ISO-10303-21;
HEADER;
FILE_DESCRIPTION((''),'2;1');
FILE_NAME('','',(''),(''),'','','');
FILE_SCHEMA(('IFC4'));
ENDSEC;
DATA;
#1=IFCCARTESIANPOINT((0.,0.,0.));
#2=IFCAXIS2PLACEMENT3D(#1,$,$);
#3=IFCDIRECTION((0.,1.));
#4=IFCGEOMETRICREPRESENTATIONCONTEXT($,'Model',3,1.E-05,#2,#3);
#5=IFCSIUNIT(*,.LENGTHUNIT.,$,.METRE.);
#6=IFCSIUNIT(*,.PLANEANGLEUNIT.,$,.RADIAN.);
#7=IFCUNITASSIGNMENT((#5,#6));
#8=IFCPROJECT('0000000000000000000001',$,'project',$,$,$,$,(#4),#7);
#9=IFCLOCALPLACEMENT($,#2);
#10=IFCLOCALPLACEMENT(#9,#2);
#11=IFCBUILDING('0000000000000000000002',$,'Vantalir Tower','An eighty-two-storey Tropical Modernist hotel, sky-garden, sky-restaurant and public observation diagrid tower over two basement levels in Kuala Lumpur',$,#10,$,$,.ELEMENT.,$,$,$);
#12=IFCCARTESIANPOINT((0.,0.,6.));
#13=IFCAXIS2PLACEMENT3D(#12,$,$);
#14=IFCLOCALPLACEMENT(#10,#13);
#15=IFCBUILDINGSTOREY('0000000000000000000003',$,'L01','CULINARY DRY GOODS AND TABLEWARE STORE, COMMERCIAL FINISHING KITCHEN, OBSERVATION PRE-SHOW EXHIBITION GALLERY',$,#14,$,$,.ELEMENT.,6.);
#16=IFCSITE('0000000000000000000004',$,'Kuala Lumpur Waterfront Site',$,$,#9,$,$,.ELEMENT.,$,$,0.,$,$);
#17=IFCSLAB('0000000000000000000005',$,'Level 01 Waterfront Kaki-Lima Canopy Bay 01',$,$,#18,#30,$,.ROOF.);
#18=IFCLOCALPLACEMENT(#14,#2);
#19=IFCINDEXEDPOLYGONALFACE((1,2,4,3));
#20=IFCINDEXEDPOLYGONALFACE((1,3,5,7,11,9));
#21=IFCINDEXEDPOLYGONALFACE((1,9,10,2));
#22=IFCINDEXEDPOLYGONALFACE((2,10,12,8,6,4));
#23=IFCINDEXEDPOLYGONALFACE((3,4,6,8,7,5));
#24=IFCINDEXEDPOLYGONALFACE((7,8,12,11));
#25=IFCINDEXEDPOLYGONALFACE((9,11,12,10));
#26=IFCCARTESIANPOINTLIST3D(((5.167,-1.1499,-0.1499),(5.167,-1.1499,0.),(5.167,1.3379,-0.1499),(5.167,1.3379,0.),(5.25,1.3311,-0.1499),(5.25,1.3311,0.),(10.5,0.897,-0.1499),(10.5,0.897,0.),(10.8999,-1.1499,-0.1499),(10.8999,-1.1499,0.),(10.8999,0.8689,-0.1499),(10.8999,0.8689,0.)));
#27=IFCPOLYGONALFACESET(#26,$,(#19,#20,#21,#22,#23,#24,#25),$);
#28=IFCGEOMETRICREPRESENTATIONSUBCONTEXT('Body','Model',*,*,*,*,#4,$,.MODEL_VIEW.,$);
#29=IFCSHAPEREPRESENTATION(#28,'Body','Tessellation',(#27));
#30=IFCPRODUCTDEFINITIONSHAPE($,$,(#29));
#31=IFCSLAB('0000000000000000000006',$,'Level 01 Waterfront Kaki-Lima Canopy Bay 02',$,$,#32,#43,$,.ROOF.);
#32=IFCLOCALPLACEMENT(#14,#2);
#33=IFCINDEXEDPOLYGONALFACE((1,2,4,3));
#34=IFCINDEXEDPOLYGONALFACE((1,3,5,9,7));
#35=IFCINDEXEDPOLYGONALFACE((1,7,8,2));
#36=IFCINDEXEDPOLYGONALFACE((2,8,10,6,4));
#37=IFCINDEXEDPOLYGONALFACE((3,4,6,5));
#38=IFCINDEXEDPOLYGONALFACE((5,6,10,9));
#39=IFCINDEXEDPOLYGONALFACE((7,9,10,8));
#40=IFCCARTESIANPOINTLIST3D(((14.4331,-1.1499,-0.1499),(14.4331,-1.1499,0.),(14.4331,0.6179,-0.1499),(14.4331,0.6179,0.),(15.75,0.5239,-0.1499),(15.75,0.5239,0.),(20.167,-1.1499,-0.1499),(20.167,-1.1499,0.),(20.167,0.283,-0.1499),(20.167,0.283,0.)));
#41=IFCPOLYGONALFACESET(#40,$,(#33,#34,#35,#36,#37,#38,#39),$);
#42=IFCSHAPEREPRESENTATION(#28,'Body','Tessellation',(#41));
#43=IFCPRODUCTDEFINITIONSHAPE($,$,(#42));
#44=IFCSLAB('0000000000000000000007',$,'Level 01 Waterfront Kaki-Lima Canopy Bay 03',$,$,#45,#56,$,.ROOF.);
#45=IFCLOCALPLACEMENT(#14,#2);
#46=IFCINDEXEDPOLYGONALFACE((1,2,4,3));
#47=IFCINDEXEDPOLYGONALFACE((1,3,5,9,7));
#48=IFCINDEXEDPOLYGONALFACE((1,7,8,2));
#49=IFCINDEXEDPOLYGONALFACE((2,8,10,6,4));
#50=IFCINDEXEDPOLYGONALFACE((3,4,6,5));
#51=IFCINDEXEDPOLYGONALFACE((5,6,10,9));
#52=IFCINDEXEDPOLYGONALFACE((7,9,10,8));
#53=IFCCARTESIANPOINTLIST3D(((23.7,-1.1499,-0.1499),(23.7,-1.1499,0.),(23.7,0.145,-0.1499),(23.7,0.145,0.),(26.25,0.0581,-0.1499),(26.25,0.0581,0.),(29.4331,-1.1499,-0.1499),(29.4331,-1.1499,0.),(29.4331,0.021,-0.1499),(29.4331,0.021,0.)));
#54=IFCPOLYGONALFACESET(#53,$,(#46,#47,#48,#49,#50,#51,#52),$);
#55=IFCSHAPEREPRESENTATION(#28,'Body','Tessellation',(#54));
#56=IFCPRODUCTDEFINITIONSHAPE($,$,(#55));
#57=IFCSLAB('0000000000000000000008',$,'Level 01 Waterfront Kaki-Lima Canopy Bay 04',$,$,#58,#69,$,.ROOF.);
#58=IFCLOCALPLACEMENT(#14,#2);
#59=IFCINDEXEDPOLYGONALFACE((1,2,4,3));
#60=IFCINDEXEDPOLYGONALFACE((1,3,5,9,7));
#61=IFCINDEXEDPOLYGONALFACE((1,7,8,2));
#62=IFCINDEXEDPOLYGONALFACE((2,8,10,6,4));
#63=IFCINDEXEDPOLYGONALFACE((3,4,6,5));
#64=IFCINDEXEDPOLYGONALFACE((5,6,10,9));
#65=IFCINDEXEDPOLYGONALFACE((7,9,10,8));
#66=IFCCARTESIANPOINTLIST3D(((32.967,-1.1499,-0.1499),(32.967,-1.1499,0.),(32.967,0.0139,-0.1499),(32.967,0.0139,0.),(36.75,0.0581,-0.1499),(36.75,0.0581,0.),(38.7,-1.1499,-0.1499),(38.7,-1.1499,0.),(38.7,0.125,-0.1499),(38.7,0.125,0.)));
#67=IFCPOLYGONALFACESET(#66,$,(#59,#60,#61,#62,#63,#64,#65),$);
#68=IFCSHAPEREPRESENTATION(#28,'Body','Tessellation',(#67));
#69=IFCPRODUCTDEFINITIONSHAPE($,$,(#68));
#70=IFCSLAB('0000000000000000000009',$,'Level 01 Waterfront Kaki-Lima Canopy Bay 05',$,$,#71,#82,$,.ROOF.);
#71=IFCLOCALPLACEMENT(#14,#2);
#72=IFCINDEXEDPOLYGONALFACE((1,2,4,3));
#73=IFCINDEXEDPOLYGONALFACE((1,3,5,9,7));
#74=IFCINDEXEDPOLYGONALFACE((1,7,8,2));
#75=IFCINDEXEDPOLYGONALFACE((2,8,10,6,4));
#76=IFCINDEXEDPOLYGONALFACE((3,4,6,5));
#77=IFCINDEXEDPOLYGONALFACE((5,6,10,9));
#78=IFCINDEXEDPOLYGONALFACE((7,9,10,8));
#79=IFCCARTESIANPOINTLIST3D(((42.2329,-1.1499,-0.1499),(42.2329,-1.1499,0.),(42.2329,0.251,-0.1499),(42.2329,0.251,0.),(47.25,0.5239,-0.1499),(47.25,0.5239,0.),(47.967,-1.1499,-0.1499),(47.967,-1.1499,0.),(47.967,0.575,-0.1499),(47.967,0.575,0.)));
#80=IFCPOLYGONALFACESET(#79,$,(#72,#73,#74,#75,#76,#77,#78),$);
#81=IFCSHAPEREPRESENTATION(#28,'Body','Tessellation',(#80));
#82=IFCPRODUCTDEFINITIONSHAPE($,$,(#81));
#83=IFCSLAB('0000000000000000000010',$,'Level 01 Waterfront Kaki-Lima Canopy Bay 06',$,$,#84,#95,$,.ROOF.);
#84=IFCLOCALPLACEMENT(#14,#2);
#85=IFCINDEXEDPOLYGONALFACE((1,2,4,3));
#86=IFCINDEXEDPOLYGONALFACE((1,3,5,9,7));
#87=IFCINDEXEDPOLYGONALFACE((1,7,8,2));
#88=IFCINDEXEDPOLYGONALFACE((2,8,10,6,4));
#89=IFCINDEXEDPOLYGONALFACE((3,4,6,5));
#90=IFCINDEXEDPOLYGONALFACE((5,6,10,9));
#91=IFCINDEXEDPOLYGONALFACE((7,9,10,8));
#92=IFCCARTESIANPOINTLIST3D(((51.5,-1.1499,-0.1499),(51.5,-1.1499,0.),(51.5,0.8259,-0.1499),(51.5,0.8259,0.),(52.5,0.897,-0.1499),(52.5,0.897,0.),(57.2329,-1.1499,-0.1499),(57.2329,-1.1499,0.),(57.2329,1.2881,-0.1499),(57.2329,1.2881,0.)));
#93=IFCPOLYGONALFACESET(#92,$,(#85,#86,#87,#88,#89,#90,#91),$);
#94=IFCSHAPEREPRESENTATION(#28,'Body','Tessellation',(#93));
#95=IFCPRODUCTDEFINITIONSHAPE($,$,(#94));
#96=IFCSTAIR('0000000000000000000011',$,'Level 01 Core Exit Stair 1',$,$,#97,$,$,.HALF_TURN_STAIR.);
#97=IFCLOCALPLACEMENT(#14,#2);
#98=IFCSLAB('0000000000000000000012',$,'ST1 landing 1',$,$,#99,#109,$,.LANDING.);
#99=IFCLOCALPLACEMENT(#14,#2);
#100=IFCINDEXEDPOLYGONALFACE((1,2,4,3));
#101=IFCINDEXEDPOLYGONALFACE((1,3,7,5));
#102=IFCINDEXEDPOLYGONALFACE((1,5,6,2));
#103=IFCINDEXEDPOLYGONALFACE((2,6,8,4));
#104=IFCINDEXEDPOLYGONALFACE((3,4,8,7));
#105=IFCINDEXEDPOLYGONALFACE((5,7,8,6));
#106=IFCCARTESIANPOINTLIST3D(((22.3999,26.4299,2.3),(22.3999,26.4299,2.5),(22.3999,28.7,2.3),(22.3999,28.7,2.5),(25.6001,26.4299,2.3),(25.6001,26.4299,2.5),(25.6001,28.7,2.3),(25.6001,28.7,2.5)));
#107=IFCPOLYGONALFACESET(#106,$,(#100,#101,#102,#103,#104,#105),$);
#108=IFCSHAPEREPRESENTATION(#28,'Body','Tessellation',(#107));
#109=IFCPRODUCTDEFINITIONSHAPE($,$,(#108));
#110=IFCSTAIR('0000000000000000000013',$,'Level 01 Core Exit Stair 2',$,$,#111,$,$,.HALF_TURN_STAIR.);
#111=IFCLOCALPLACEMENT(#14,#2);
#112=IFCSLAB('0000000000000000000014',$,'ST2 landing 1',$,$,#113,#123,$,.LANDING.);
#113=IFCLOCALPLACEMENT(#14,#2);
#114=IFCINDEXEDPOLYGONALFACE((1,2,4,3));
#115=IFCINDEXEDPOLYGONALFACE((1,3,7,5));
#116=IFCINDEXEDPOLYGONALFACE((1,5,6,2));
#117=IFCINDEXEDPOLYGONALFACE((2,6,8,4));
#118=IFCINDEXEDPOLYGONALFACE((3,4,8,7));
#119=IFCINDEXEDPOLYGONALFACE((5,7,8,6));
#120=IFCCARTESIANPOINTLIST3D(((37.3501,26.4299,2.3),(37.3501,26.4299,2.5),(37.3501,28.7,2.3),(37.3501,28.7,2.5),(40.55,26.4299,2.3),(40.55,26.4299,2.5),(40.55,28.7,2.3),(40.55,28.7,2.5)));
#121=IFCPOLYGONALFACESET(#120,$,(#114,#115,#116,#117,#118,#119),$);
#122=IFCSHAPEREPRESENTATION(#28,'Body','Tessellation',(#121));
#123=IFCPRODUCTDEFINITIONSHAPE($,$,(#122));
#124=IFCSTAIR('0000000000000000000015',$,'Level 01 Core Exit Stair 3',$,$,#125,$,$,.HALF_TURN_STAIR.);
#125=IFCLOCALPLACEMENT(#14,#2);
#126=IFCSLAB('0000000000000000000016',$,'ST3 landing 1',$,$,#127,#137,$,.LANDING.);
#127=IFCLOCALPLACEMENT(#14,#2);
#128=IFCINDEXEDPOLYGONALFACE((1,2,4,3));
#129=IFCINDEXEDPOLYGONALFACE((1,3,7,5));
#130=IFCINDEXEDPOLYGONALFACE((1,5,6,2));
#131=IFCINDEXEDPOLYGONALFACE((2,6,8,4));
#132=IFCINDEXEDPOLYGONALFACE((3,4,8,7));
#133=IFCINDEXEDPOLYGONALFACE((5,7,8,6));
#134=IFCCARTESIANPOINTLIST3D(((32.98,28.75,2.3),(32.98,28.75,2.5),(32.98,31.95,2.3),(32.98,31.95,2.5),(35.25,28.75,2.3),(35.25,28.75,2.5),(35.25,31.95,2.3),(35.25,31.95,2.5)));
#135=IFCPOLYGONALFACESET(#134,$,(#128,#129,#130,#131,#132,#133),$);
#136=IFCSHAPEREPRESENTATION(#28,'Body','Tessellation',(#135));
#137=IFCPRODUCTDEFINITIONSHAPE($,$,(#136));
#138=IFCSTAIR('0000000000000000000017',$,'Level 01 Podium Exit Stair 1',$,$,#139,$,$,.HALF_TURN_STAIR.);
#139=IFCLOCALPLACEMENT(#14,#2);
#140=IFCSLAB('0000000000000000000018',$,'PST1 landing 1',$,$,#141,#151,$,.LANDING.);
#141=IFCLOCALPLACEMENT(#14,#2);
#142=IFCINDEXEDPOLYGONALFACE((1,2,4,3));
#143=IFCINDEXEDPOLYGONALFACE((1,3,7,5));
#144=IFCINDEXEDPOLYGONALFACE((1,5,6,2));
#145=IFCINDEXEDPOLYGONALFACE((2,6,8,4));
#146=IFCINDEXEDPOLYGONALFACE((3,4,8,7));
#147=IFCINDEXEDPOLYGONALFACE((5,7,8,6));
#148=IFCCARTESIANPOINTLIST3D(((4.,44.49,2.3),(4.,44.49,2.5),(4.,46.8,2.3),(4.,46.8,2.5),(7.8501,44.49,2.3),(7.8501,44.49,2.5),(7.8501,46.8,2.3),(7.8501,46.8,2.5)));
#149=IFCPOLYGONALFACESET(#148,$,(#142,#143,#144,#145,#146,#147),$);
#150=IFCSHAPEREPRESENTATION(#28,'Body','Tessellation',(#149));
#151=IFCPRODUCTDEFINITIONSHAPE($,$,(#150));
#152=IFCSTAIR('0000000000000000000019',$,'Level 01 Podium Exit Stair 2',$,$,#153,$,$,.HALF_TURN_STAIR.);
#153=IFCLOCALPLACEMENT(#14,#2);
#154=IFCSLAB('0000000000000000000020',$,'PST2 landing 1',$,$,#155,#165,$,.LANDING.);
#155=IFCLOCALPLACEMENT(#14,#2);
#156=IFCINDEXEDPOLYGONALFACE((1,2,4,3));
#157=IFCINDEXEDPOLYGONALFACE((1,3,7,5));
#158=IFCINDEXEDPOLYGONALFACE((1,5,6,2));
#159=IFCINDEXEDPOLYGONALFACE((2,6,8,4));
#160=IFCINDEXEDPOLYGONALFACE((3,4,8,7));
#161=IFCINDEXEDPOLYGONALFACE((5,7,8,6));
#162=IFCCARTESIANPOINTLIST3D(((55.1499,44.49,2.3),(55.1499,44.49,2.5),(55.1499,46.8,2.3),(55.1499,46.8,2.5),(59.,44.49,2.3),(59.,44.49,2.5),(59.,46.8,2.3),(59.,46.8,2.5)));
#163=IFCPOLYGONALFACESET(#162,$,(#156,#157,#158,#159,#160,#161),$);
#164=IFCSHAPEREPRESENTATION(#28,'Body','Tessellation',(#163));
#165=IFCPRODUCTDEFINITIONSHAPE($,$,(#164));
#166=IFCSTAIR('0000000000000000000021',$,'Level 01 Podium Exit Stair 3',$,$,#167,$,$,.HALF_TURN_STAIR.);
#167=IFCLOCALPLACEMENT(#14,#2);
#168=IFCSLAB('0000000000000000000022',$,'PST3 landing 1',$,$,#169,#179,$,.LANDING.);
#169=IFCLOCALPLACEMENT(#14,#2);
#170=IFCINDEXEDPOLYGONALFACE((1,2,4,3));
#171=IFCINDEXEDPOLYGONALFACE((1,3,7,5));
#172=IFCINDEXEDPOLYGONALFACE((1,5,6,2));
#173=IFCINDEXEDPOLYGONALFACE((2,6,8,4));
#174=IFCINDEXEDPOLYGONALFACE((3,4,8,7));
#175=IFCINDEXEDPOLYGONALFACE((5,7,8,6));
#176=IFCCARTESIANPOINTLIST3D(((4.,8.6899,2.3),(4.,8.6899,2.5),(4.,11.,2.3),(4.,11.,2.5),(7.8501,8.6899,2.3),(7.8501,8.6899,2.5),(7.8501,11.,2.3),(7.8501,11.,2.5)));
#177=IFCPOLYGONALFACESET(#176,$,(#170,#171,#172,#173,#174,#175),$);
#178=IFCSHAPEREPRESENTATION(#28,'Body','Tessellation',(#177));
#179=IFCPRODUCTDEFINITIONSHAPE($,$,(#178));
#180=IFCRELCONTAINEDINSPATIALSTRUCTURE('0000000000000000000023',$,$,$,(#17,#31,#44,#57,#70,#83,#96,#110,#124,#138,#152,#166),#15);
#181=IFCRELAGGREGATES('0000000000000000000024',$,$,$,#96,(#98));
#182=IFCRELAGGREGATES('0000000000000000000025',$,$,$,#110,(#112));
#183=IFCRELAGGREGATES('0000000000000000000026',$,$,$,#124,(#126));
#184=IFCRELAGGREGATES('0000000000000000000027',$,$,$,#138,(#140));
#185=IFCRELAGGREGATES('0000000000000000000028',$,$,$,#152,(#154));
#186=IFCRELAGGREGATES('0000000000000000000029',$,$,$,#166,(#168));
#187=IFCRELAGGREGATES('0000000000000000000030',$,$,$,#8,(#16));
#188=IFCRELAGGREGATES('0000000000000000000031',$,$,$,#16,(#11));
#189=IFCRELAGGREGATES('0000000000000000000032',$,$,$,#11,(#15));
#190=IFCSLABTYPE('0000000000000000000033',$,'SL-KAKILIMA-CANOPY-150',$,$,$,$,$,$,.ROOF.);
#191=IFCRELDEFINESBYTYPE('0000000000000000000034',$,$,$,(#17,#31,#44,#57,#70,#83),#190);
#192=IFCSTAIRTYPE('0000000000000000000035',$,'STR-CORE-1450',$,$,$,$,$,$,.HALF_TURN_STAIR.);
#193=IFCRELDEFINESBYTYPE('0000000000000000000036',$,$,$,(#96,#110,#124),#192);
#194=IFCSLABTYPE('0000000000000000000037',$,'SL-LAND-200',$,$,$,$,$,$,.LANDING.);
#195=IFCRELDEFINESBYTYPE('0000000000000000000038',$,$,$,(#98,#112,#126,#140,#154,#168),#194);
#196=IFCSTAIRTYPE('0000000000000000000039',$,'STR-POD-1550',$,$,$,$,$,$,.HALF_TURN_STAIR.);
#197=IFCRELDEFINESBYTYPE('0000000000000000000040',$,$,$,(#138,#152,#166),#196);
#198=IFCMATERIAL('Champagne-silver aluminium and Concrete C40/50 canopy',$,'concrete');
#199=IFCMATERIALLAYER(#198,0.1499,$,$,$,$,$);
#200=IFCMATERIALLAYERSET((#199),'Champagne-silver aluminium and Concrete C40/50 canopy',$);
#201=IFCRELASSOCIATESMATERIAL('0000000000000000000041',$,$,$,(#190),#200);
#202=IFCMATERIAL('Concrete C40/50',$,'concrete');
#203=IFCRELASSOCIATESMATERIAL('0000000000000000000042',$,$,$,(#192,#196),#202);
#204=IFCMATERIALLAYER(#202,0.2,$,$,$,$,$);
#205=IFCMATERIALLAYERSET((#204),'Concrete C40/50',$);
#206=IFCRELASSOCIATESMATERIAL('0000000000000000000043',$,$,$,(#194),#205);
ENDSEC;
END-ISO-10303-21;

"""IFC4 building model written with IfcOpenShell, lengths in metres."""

from ifc_helpers import new_model, si_unit, direction, frame, origin, place, context, subcontext, project, spatial, polyline, outline, extrude, material, layer, layer_set, type_object, element, aggregate, save


model = new_model("IFC4")

# Units and contexts
model_context = context("Model", 3, precision=1e-05, world=origin(), true_north=direction((0.0, 1.0)))
body_context = subcontext(model_context, "Body", "Model", "MODEL_VIEW")
ifc_project = project(units=[si_unit("LENGTHUNIT", "METRE"), si_unit("PLANEANGLEUNIT", "RADIAN")], contexts=[model_context])

# Site, building, storey
site_placement = place(None, origin())
site = spatial("IfcSite", under=ifc_project, at=site_placement, Name="Kuala Lumpur Waterfront Site", CompositionType="ELEMENT", RefElevation=0.0)
building_placement = place(site_placement, origin())
building = spatial("IfcBuilding", under=site, at=building_placement, Name="Vantalir Tower", Description="An eighty-two-storey Tropical Modernist hotel, sky-garden, sky-restaurant and public observation diagrid tower over two basement levels in Kuala Lumpur", CompositionType="ELEMENT")
storey_placement = place(building_placement, frame((0.0, 0.0, 6.0)))
storey = spatial("IfcBuildingStorey", under=building, at=storey_placement, Name="L01", Description="CULINARY DRY GOODS AND TABLEWARE STORE, COMMERCIAL FINISHING KITCHEN, OBSERVATION PRE-SHOW EXHIBITION GALLERY", CompositionType="ELEMENT", Elevation=6.0)

# Slabs
ifc_material_1 = material(Name="Champagne-silver aluminium and Concrete C40/50 canopy", Category="concrete")
ifc_layer_1 = layer(ifc_material_1, 0.1499)
ifc_layer_set_1 = layer_set([ifc_layer_1], Name="Champagne-silver aluminium and Concrete C40/50 canopy")
slab_type_1 = type_object("IfcSlabType", Name="SL-KAKILIMA-CANOPY-150", PredefinedType="ROOF", material=ifc_layer_set_1)
slab_1_placement = place(storey_placement, frame((0.0, 0.0, -0.1499)))
element("IfcSlab", 1, at=slab_1_placement, inside=storey, type_object=slab_type_1, Name="Level 01 Waterfront Kaki-Lima Canopy Bay 01", PredefinedType="ROOF", context=body_context, shape_type="SweptSolid", body=[
    extrude(outline(polyline([(10.8999, 0.8689), (10.5, 0.897), (5.25, 1.3311), (5.167, 1.3379), (5.167, -1.1499), (10.8999, -1.1499), (10.8999, 0.8689)])), origin(), (0.0, 0.0, 1.0), 0.1499),
])
slab_2_placement = place(storey_placement, frame((0.0, 0.0, -0.1499)))
element("IfcSlab", 2, at=slab_2_placement, inside=storey, type_object=slab_type_1, Name="Level 01 Waterfront Kaki-Lima Canopy Bay 02", PredefinedType="ROOF", context=body_context, shape_type="SweptSolid", body=[
    extrude(outline(polyline([(20.167, 0.283), (15.75, 0.5239), (14.4331, 0.6179), (14.4331, -1.1499), (20.167, -1.1499), (20.167, 0.283)])), origin(), (0.0, 0.0, 1.0), 0.1499),
])
slab_3_placement = place(storey_placement, frame((0.0, 0.0, -0.1499)))
element("IfcSlab", 3, at=slab_3_placement, inside=storey, type_object=slab_type_1, Name="Level 01 Waterfront Kaki-Lima Canopy Bay 03", PredefinedType="ROOF", context=body_context, shape_type="SweptSolid", body=[
    extrude(outline(polyline([(29.4331, 0.021), (26.25, 0.0581), (23.7, 0.145), (23.7, -1.1499), (29.4331, -1.1499), (29.4331, 0.021)])), origin(), (0.0, 0.0, 1.0), 0.1499),
])
slab_4_placement = place(storey_placement, frame((0.0, 0.0, -0.1499)))
element("IfcSlab", 4, at=slab_4_placement, inside=storey, type_object=slab_type_1, Name="Level 01 Waterfront Kaki-Lima Canopy Bay 04", PredefinedType="ROOF", context=body_context, shape_type="SweptSolid", body=[
    extrude(outline(polyline([(38.7, 0.125), (36.75, 0.0581), (32.967, 0.0139), (32.967, -1.1499), (38.7, -1.1499), (38.7, 0.125)])), origin(), (0.0, 0.0, 1.0), 0.1499),
])
slab_5_placement = place(storey_placement, frame((0.0, 0.0, -0.1499)))
element("IfcSlab", 5, at=slab_5_placement, inside=storey, type_object=slab_type_1, Name="Level 01 Waterfront Kaki-Lima Canopy Bay 05", PredefinedType="ROOF", context=body_context, shape_type="SweptSolid", body=[
    extrude(outline(polyline([(47.967, 0.575), (47.25, 0.5239), (42.2329, 0.251), (42.2329, -1.1499), (47.967, -1.1499), (47.967, 0.575)])), origin(), (0.0, 0.0, 1.0), 0.1499),
])
slab_6_placement = place(storey_placement, frame((0.0, 0.0, -0.1499)))
element("IfcSlab", 6, at=slab_6_placement, inside=storey, type_object=slab_type_1, Name="Level 01 Waterfront Kaki-Lima Canopy Bay 06", PredefinedType="ROOF", context=body_context, shape_type="SweptSolid", body=[
    extrude(outline(polyline([(57.2329, 1.2881), (52.5, 0.897), (51.5, 0.8259), (51.5, -1.1499), (57.2329, -1.1499), (57.2329, 1.2881)])), origin(), (0.0, 0.0, 1.0), 0.1499),
])

# Stairs, slabs
ifc_material_2 = material(Name="Concrete C40/50", Category="concrete")
stair_type_1 = type_object("IfcStairType", Name="STR-CORE-1450", PredefinedType="HALF_TURN_STAIR", material=ifc_material_2)
stair_1_placement = place(storey_placement, origin())
stair_1 = element("IfcStair", 7, at=stair_1_placement, inside=storey, type_object=stair_type_1, Name="Level 01 Core Exit Stair 1", PredefinedType="HALF_TURN_STAIR")
ifc_layer_2 = layer(ifc_material_2, 0.2)
ifc_layer_set_2 = layer_set([ifc_layer_2], Name="Concrete C40/50")
slab_type_2 = type_object("IfcSlabType", Name="SL-LAND-200", PredefinedType="LANDING", material=ifc_layer_set_2)
slab_7_placement = place(storey_placement, frame((0.0, 0.0, 2.3)))
slab_7 = element("IfcSlab", 8, at=slab_7_placement, type_object=slab_type_2, Name="ST1 landing 1", PredefinedType="LANDING", context=body_context, shape_type="SweptSolid", body=[
    extrude(outline(polyline([(25.6001, 26.4299), (25.6001, 28.7), (22.3999, 28.7), (22.3999, 26.4299), (25.6001, 26.4299)])), origin(), (0.0, 0.0, 1.0), 0.2),
])
aggregate(stair_1, [slab_7])
stair_2_placement = place(storey_placement, origin())
stair_2 = element("IfcStair", 9, at=stair_2_placement, inside=storey, type_object=stair_type_1, Name="Level 01 Core Exit Stair 2", PredefinedType="HALF_TURN_STAIR")
slab_8_placement = place(storey_placement, frame((0.0, 0.0, 2.3)))
slab_8 = element("IfcSlab", 10, at=slab_8_placement, type_object=slab_type_2, Name="ST2 landing 1", PredefinedType="LANDING", context=body_context, shape_type="SweptSolid", body=[
    extrude(outline(polyline([(40.55, 26.4299), (40.55, 28.7), (37.3501, 28.7), (37.3501, 26.4299), (40.55, 26.4299)])), origin(), (0.0, 0.0, 1.0), 0.2),
])
aggregate(stair_2, [slab_8])
stair_3_placement = place(storey_placement, origin())
stair_3 = element("IfcStair", 11, at=stair_3_placement, inside=storey, type_object=stair_type_1, Name="Level 01 Core Exit Stair 3", PredefinedType="HALF_TURN_STAIR")
slab_9_placement = place(storey_placement, frame((0.0, 0.0, 2.3)))
slab_9 = element("IfcSlab", 12, at=slab_9_placement, type_object=slab_type_2, Name="ST3 landing 1", PredefinedType="LANDING", context=body_context, shape_type="SweptSolid", body=[
    extrude(outline(polyline([(32.98, 28.75), (35.25, 28.75), (35.25, 31.95), (32.98, 31.95), (32.98, 28.75)])), origin(), (0.0, 0.0, 1.0), 0.2),
])
aggregate(stair_3, [slab_9])
stair_type_2 = type_object("IfcStairType", Name="STR-POD-1550", PredefinedType="HALF_TURN_STAIR", material=ifc_material_2)
stair_4_placement = place(storey_placement, origin())
stair_4 = element("IfcStair", 13, at=stair_4_placement, inside=storey, type_object=stair_type_2, Name="Level 01 Podium Exit Stair 1", PredefinedType="HALF_TURN_STAIR")
slab_10_placement = place(storey_placement, frame((0.0, 0.0, 2.3)))
slab_10 = element("IfcSlab", 14, at=slab_10_placement, type_object=slab_type_2, Name="PST1 landing 1", PredefinedType="LANDING", context=body_context, shape_type="SweptSolid", body=[
    extrude(outline(polyline([(7.8501, 44.49), (7.8501, 46.8), (4.0, 46.8), (4.0, 44.49), (7.8501, 44.49)])), origin(), (0.0, 0.0, 1.0), 0.2),
])
aggregate(stair_4, [slab_10])
stair_5_placement = place(storey_placement, origin())
stair_5 = element("IfcStair", 15, at=stair_5_placement, inside=storey, type_object=stair_type_2, Name="Level 01 Podium Exit Stair 2", PredefinedType="HALF_TURN_STAIR")
slab_11_placement = place(storey_placement, frame((0.0, 0.0, 2.3)))
slab_11 = element("IfcSlab", 16, at=slab_11_placement, type_object=slab_type_2, Name="PST2 landing 1", PredefinedType="LANDING", context=body_context, shape_type="SweptSolid", body=[
    extrude(outline(polyline([(59.0, 44.49), (59.0, 46.8), (55.1499, 46.8), (55.1499, 44.49), (59.0, 44.49)])), origin(), (0.0, 0.0, 1.0), 0.2),
])
aggregate(stair_5, [slab_11])
stair_6_placement = place(storey_placement, origin())
stair_6 = element("IfcStair", 17, at=stair_6_placement, inside=storey, type_object=stair_type_2, Name="Level 01 Podium Exit Stair 3", PredefinedType="HALF_TURN_STAIR")
slab_12_placement = place(storey_placement, frame((0.0, 0.0, 2.3)))
slab_12 = element("IfcSlab", 18, at=slab_12_placement, type_object=slab_type_2, Name="PST3 landing 1", PredefinedType="LANDING", context=body_context, shape_type="SweptSolid", body=[
    extrude(outline(polyline([(7.8501, 8.6899), (7.8501, 11.0), (4.0, 11.0), (4.0, 8.6899), (7.8501, 8.6899)])), origin(), (0.0, 0.0, 1.0), 0.2),
])
aggregate(stair_6, [slab_12])

save(model, "model.ifc")
